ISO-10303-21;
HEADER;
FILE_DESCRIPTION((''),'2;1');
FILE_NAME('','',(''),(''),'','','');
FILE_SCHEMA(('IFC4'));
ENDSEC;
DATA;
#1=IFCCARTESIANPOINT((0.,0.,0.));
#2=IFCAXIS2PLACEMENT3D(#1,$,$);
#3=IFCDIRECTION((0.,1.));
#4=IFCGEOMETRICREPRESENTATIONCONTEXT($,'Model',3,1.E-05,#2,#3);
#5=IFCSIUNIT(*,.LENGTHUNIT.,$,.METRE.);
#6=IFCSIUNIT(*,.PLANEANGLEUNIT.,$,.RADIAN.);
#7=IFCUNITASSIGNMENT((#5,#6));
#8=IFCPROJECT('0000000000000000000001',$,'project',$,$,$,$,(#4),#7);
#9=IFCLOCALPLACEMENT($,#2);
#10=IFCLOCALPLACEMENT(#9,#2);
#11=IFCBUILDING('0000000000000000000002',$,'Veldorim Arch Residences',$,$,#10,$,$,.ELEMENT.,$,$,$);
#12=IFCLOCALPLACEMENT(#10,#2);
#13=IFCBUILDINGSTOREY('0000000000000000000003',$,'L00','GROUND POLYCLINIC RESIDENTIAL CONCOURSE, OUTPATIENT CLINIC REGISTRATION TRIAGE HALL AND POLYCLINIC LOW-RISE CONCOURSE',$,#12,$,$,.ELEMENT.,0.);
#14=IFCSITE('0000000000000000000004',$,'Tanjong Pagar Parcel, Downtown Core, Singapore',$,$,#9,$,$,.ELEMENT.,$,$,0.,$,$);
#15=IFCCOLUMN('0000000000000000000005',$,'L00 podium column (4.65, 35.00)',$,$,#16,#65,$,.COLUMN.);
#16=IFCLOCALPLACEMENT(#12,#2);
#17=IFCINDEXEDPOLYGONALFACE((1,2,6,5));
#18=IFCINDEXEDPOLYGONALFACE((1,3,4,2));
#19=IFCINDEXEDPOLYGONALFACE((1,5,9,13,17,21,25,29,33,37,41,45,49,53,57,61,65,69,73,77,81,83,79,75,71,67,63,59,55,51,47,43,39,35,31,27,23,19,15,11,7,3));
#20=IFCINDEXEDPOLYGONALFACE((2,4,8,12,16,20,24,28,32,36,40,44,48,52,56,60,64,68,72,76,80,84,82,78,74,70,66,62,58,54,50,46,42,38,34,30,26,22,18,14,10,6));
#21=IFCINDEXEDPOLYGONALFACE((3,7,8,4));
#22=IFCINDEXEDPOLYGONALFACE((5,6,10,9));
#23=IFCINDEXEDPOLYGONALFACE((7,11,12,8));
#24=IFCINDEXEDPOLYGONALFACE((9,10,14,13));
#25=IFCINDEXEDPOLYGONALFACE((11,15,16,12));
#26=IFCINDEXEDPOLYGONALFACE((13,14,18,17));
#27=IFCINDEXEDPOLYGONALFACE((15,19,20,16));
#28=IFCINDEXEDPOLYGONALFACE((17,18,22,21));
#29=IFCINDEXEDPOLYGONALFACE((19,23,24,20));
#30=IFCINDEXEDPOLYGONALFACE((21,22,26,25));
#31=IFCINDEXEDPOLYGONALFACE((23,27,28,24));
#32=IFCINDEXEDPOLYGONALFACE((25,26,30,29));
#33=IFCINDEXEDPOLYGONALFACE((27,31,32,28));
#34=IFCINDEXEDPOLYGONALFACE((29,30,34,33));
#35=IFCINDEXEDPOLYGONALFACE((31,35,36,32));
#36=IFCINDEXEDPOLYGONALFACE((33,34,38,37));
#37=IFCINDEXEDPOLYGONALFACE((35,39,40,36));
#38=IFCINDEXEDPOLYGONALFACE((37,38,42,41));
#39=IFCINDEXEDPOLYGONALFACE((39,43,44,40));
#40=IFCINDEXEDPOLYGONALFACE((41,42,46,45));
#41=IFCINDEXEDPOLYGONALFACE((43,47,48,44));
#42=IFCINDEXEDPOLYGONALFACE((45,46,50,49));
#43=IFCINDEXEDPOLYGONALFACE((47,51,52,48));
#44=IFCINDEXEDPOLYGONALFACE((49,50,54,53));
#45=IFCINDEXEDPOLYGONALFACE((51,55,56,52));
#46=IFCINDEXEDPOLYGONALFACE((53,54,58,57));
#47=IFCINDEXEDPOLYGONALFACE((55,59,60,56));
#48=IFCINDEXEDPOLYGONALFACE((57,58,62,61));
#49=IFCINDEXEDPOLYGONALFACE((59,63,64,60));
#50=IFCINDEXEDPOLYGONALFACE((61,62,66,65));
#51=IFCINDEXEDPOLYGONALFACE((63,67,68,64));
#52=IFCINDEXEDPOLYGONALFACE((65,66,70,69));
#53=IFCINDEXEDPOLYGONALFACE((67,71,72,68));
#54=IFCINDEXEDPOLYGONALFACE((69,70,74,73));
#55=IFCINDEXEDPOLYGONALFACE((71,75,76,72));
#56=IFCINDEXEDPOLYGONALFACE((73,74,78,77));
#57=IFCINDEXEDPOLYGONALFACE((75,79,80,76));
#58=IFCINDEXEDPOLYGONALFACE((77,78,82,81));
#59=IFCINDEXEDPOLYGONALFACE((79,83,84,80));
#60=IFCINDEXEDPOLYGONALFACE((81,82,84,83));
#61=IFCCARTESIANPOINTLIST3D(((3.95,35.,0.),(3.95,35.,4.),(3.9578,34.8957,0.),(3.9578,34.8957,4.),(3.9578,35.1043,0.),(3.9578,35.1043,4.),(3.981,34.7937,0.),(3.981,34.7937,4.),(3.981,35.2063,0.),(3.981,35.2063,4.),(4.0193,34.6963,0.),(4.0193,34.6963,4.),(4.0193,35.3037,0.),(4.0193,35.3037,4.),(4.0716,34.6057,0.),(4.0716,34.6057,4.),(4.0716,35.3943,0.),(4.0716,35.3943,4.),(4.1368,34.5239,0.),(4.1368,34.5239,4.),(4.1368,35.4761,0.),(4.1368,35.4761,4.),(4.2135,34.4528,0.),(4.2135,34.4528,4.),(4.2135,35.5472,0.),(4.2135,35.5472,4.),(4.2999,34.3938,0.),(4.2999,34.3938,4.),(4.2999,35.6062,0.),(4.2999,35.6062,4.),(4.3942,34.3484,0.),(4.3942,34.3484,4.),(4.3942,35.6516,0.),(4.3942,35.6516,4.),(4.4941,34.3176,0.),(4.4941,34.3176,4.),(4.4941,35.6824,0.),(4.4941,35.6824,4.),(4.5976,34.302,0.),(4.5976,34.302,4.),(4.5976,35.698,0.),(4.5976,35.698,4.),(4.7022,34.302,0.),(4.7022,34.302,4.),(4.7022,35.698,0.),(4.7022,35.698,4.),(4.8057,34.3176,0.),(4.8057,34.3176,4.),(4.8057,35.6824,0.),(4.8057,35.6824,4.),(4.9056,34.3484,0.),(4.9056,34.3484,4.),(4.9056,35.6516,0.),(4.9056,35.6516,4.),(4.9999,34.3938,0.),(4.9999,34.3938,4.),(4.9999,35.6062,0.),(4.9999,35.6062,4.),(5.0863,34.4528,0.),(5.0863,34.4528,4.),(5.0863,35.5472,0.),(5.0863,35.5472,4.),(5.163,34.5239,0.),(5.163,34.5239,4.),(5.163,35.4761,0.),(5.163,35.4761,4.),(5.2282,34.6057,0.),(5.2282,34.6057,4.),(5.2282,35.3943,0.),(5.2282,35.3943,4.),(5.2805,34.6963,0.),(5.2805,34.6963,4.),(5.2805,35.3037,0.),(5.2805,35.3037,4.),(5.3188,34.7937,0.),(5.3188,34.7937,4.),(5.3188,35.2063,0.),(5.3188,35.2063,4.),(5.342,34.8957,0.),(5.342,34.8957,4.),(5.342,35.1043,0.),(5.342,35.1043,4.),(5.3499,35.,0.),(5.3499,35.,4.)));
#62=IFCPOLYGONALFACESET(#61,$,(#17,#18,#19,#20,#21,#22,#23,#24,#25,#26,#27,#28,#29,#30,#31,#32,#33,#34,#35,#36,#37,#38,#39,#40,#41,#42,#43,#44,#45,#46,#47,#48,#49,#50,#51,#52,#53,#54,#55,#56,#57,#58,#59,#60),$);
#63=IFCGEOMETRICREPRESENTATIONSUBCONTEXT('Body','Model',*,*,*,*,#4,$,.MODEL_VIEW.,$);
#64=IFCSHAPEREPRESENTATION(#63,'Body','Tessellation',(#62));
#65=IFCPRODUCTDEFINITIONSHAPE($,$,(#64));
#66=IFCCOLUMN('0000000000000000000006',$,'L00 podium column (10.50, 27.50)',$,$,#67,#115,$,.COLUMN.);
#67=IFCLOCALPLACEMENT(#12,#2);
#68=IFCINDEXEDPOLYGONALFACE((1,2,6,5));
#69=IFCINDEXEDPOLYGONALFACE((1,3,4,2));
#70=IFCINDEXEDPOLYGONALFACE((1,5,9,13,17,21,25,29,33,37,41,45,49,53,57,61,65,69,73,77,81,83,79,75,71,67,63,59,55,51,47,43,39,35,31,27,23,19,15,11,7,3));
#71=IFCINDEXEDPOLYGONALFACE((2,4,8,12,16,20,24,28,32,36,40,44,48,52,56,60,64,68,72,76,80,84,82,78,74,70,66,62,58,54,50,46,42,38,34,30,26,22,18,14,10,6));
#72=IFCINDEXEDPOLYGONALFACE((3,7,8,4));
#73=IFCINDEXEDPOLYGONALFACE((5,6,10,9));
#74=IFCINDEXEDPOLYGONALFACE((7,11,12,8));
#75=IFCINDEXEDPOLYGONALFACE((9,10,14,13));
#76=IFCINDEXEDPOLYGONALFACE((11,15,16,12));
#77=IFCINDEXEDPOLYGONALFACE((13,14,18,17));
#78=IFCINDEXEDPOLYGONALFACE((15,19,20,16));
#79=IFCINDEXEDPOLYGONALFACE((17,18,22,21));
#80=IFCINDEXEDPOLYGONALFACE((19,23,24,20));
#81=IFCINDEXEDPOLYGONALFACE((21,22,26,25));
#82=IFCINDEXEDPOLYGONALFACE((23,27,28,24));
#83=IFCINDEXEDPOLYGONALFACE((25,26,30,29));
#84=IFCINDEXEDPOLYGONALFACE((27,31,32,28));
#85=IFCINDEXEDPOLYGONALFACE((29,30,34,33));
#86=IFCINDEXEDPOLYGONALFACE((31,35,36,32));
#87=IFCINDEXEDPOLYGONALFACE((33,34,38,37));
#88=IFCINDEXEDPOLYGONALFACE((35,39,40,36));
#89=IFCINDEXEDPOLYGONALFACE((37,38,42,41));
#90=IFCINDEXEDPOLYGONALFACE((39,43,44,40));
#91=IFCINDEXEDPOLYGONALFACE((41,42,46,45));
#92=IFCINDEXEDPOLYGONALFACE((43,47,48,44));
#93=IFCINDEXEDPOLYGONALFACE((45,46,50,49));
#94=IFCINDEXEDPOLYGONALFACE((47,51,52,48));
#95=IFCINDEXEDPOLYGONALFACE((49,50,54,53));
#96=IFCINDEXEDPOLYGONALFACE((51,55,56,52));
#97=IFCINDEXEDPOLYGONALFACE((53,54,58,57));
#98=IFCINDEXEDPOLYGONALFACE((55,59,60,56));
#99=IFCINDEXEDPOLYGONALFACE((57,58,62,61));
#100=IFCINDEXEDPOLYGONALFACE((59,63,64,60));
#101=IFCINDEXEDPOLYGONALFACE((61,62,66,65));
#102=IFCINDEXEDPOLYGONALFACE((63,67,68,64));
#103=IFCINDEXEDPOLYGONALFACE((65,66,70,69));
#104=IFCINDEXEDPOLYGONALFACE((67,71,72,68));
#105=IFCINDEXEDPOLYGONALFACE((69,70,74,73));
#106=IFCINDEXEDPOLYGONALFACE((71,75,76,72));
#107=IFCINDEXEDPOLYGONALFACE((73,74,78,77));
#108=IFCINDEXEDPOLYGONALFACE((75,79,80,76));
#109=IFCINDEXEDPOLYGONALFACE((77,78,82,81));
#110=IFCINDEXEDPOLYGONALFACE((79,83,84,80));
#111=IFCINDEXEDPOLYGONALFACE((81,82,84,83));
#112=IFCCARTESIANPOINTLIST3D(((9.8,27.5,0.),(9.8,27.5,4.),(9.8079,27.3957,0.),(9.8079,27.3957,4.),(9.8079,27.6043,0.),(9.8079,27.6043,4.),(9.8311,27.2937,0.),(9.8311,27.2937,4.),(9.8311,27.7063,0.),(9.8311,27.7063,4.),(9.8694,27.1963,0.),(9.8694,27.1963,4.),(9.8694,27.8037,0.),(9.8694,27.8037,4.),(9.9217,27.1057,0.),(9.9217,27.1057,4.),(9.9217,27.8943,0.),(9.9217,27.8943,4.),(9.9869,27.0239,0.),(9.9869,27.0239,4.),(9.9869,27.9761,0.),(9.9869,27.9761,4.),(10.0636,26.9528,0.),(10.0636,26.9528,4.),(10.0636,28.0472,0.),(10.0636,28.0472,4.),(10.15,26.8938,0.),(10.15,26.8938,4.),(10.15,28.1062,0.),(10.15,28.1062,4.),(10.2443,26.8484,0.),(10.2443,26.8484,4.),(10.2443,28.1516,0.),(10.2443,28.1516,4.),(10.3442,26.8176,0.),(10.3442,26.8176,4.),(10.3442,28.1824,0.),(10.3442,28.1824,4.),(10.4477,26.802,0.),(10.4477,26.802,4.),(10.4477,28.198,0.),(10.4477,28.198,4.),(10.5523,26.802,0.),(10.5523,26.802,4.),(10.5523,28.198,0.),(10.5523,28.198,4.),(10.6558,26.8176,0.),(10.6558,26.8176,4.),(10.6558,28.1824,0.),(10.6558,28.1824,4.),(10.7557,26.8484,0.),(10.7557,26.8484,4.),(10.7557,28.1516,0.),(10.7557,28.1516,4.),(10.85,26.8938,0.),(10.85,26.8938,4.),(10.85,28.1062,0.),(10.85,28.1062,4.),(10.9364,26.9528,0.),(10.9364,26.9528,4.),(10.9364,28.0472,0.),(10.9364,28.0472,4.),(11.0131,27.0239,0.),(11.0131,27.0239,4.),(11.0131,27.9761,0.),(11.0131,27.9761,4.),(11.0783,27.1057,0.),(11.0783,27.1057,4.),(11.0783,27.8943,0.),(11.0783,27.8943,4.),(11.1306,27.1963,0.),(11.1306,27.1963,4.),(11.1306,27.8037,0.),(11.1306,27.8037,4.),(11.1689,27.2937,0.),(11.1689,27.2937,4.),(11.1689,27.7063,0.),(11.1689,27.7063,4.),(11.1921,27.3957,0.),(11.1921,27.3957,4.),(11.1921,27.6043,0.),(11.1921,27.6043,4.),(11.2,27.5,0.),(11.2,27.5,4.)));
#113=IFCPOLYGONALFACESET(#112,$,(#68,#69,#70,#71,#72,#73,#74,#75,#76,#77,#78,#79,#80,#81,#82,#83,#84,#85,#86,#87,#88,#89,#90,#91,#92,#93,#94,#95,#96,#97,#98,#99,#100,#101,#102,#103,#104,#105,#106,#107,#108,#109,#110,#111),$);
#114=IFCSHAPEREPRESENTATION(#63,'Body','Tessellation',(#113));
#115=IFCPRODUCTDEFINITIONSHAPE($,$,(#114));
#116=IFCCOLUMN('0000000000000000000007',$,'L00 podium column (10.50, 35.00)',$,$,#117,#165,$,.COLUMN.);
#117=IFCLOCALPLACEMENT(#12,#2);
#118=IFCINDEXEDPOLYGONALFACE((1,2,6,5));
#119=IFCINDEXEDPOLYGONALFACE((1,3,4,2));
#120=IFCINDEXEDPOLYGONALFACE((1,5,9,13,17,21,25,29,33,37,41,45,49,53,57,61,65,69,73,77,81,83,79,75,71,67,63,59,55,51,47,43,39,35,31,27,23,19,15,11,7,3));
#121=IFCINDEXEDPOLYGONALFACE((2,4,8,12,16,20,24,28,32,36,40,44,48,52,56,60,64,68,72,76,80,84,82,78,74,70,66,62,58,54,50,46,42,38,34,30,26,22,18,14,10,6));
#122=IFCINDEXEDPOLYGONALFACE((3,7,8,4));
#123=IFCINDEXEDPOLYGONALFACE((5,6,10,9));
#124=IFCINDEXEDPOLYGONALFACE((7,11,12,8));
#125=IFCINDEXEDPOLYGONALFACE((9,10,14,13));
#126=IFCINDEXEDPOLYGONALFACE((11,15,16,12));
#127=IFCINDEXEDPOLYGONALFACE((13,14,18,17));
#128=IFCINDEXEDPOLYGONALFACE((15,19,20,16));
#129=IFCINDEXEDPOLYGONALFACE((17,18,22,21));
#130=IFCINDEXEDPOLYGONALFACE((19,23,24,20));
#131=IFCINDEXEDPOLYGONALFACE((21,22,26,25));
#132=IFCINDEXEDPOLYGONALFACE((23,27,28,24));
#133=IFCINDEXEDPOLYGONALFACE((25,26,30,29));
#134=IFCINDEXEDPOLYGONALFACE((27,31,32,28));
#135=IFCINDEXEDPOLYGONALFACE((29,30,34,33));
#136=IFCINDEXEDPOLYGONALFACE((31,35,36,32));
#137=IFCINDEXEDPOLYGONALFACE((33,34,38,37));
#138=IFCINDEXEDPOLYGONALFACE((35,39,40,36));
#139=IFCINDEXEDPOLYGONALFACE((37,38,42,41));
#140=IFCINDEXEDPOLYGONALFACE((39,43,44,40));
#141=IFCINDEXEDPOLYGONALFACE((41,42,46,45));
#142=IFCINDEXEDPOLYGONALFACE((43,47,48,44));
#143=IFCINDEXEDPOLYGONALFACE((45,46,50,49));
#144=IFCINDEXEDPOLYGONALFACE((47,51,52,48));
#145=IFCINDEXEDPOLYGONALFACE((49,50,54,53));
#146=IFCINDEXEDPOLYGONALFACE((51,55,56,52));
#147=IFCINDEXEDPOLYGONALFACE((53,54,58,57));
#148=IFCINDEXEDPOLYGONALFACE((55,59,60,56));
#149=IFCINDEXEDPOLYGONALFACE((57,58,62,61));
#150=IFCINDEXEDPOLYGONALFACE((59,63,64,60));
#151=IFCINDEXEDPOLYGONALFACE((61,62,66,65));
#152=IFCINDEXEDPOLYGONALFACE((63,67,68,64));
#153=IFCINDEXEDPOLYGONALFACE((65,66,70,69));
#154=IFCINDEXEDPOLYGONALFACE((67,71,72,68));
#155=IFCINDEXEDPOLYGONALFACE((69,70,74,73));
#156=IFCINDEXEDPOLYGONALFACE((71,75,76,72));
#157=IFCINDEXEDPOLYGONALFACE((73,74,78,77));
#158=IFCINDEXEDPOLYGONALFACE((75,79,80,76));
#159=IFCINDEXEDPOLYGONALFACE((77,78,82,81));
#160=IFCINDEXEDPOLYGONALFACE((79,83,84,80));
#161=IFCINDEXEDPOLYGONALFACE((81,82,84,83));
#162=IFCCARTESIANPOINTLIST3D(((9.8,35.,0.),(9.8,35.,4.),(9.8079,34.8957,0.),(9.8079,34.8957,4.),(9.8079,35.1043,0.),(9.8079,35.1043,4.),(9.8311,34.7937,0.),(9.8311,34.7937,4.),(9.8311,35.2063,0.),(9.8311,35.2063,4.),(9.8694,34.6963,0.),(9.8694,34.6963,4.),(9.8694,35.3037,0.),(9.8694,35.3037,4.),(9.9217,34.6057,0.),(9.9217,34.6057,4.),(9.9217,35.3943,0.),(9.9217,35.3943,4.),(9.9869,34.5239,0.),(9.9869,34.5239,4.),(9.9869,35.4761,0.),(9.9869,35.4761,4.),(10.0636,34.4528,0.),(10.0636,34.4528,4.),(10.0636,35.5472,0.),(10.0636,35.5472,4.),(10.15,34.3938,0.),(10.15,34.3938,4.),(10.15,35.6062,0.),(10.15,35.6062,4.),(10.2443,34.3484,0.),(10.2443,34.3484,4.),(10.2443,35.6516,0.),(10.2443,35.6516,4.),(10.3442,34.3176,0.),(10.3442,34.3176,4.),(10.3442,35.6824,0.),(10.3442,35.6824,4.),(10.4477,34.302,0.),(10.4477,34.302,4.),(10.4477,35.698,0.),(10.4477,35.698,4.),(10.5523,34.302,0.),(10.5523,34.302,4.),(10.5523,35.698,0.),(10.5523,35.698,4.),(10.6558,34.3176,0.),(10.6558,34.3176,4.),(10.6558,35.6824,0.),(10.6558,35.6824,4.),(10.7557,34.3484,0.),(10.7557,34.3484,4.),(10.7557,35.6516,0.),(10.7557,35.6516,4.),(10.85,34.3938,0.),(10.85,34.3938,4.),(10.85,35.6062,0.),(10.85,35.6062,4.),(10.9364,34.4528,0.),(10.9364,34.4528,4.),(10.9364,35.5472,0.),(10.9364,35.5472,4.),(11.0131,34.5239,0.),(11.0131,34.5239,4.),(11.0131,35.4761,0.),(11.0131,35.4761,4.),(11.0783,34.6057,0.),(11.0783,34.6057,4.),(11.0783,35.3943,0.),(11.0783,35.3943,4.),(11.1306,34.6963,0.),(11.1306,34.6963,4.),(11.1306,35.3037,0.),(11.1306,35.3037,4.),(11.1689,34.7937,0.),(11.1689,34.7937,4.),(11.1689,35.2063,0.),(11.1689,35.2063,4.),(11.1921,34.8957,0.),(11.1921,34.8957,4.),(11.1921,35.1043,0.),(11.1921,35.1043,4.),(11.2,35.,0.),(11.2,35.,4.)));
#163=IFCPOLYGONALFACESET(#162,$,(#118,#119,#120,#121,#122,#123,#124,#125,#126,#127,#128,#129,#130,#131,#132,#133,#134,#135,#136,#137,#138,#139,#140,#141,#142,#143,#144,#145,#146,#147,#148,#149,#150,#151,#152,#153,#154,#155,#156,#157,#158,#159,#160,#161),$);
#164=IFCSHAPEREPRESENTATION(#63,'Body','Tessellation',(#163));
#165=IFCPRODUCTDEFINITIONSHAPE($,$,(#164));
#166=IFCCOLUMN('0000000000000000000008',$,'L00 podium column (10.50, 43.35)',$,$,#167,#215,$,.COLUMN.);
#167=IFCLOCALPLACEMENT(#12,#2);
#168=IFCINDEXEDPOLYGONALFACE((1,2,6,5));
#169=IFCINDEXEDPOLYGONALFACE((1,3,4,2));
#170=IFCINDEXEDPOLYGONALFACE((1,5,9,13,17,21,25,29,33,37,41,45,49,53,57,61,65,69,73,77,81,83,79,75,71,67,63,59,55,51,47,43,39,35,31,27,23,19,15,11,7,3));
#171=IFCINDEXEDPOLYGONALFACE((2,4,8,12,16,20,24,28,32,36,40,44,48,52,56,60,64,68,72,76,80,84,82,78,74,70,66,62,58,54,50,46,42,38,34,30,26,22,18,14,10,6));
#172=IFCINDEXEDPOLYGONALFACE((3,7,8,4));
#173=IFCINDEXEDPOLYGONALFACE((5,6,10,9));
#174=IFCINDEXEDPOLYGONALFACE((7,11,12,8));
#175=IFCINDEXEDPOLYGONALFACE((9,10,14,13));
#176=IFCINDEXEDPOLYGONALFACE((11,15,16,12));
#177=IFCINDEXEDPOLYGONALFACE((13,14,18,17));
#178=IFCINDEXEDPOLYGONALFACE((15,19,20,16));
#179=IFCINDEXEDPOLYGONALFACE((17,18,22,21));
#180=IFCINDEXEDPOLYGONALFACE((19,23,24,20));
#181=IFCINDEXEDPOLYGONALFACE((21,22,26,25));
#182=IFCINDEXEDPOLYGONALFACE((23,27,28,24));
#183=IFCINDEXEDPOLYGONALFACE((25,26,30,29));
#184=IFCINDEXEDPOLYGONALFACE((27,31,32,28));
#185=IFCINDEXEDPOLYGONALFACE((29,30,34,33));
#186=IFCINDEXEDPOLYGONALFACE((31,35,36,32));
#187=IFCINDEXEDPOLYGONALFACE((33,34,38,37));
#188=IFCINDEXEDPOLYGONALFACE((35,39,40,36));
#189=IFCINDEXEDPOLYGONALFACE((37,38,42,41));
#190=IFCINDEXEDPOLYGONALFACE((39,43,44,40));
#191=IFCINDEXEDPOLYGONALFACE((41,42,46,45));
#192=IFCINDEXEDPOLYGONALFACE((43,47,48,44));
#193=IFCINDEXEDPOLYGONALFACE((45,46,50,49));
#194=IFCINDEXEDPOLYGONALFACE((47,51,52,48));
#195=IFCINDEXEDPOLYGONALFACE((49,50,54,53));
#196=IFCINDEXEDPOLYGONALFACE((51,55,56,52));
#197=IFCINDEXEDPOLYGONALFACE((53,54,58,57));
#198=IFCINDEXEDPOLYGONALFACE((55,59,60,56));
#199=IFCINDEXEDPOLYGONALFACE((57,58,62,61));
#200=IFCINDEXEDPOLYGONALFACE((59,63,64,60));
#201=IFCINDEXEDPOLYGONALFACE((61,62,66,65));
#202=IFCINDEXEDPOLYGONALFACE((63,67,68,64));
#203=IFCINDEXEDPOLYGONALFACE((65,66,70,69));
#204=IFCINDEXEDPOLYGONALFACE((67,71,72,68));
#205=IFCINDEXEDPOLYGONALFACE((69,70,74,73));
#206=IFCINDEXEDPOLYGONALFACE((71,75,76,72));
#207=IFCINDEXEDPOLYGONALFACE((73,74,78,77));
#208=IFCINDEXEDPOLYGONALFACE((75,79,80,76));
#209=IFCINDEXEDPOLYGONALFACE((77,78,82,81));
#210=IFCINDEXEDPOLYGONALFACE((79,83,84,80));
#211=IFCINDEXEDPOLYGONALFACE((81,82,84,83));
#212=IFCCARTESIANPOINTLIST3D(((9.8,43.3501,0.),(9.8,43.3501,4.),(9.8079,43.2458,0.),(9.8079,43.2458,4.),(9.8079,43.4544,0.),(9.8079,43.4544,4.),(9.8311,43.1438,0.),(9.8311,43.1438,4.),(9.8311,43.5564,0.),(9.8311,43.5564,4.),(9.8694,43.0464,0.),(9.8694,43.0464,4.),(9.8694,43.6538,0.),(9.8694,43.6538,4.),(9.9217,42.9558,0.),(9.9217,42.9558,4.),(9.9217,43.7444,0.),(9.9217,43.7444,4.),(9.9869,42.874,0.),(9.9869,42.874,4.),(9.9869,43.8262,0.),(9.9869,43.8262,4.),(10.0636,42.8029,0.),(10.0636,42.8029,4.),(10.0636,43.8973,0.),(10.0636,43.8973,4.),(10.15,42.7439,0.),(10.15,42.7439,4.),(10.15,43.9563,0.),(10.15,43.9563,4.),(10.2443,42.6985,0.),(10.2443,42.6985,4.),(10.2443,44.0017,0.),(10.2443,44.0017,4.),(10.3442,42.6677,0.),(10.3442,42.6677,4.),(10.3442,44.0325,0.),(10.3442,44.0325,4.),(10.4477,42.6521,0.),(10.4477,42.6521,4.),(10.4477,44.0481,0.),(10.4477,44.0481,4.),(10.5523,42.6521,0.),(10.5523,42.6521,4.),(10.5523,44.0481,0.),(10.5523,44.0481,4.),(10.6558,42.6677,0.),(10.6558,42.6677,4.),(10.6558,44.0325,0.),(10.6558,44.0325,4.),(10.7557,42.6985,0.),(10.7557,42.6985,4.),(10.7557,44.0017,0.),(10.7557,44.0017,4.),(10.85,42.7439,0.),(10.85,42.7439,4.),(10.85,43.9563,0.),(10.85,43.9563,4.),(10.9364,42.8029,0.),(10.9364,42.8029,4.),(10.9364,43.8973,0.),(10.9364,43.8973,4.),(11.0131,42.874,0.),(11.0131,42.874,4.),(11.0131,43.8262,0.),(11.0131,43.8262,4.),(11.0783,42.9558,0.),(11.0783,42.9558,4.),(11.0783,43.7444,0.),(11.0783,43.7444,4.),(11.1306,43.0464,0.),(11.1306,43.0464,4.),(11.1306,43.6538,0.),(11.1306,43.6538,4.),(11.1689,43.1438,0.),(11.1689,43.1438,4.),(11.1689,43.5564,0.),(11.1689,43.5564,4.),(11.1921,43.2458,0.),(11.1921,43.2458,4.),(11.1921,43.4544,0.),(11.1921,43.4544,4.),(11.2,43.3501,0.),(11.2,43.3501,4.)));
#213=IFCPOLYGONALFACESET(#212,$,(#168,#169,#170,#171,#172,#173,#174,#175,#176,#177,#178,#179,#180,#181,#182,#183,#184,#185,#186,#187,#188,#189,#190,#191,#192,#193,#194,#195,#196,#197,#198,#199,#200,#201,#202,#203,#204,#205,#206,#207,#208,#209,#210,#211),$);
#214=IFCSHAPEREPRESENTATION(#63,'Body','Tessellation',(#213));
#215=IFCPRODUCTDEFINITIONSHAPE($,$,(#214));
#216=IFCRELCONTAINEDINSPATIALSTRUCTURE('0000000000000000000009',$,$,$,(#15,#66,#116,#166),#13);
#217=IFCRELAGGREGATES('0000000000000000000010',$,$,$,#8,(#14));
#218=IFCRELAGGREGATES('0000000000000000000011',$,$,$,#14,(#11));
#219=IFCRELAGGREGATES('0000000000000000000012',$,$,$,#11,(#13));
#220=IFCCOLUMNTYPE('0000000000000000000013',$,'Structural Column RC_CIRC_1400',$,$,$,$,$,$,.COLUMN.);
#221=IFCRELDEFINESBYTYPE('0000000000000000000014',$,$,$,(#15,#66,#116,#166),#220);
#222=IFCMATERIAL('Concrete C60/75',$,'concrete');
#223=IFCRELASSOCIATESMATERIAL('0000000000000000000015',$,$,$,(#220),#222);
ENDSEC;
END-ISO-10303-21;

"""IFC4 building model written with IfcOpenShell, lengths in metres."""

from ifc_helpers import new_model, si_unit, direction, frame, origin, origin_2d, place, context, subcontext, project, spatial, circle, extrude, material, material_profile, profile_set, type_object, element, save


model = new_model("IFC4")

# Units and contexts
model_context = context("Model", 3, precision=1e-05, world=origin(), true_north=direction((0.0, 1.0)))
body_context = subcontext(model_context, "Body", "Model", "MODEL_VIEW")
ifc_project = project(units=[si_unit("LENGTHUNIT", "METRE"), si_unit("PLANEANGLEUNIT", "RADIAN")], contexts=[model_context])

# Site, building, storey
site_placement = place(None, origin())
site = spatial("IfcSite", under=ifc_project, at=site_placement, Name="Tanjong Pagar Parcel, Downtown Core, Singapore", CompositionType="ELEMENT", RefElevation=0.0)
building_placement = place(site_placement, origin())
building = spatial("IfcBuilding", under=site, at=building_placement, Name="Veldorim Arch Residences", CompositionType="ELEMENT")
storey_placement = place(building_placement, origin())
storey = spatial("IfcBuildingStorey", under=building, at=storey_placement, Name="L00", Description="GROUND POLYCLINIC RESIDENTIAL CONCOURSE, OUTPATIENT CLINIC REGISTRATION TRIAGE HALL AND POLYCLINIC LOW-RISE CONCOURSE", CompositionType="ELEMENT", Elevation=0.0)

# Columns
ifc_material_1 = material(Name="Concrete C60/75", Category="concrete")
ifc_material_profile_1 = material_profile(ifc_material_1, circle(Radius=0.7, at=origin_2d()), Name="RC_CIRC_1400")
ifc_profile_set_1 = profile_set([ifc_material_profile_1], Name="Concrete C60/75")
column_type_1 = type_object("IfcColumnType", Name="Structural Column RC_CIRC_1400", PredefinedType="COLUMN", material=ifc_profile_set_1)
for number, where, z_axis, x_axis, name in (
    (1, (4.6499, 35.0, 0.0), (0.0, 0.0, 1.0), (1.0, 0.0, 0.0), "L00 podium column (4.65, 35.00)"),
    (2, (10.5, 27.5, 0.0), (0.0, 0.0, 1.0), (1.0, 0.0, 0.0), "L00 podium column (10.50, 27.50)"),
    (3, (10.5, 35.0, 0.0), (0.0, 0.0, 1.0), (1.0, 0.0, 0.0), "L00 podium column (10.50, 35.00)"),
    (4, (10.5, 43.3501, 0.0), (0.0, 0.0, 1.0), (1.0, 0.0, 0.0), "L00 podium column (10.50, 43.35)"),
):
    element("IfcColumn", number, at=place(storey_placement, frame(where, z_axis=z_axis, x_axis=x_axis)), inside=storey, type_object=column_type_1, Name=name, PredefinedType="COLUMN", context=body_context, shape_type="SweptSolid", body=[
        extrude(circle(Radius=0.7, at=origin_2d()), origin(), (0.0, 0.0, 1.0), 4.0),
    ])

save(model, "model.ifc")
